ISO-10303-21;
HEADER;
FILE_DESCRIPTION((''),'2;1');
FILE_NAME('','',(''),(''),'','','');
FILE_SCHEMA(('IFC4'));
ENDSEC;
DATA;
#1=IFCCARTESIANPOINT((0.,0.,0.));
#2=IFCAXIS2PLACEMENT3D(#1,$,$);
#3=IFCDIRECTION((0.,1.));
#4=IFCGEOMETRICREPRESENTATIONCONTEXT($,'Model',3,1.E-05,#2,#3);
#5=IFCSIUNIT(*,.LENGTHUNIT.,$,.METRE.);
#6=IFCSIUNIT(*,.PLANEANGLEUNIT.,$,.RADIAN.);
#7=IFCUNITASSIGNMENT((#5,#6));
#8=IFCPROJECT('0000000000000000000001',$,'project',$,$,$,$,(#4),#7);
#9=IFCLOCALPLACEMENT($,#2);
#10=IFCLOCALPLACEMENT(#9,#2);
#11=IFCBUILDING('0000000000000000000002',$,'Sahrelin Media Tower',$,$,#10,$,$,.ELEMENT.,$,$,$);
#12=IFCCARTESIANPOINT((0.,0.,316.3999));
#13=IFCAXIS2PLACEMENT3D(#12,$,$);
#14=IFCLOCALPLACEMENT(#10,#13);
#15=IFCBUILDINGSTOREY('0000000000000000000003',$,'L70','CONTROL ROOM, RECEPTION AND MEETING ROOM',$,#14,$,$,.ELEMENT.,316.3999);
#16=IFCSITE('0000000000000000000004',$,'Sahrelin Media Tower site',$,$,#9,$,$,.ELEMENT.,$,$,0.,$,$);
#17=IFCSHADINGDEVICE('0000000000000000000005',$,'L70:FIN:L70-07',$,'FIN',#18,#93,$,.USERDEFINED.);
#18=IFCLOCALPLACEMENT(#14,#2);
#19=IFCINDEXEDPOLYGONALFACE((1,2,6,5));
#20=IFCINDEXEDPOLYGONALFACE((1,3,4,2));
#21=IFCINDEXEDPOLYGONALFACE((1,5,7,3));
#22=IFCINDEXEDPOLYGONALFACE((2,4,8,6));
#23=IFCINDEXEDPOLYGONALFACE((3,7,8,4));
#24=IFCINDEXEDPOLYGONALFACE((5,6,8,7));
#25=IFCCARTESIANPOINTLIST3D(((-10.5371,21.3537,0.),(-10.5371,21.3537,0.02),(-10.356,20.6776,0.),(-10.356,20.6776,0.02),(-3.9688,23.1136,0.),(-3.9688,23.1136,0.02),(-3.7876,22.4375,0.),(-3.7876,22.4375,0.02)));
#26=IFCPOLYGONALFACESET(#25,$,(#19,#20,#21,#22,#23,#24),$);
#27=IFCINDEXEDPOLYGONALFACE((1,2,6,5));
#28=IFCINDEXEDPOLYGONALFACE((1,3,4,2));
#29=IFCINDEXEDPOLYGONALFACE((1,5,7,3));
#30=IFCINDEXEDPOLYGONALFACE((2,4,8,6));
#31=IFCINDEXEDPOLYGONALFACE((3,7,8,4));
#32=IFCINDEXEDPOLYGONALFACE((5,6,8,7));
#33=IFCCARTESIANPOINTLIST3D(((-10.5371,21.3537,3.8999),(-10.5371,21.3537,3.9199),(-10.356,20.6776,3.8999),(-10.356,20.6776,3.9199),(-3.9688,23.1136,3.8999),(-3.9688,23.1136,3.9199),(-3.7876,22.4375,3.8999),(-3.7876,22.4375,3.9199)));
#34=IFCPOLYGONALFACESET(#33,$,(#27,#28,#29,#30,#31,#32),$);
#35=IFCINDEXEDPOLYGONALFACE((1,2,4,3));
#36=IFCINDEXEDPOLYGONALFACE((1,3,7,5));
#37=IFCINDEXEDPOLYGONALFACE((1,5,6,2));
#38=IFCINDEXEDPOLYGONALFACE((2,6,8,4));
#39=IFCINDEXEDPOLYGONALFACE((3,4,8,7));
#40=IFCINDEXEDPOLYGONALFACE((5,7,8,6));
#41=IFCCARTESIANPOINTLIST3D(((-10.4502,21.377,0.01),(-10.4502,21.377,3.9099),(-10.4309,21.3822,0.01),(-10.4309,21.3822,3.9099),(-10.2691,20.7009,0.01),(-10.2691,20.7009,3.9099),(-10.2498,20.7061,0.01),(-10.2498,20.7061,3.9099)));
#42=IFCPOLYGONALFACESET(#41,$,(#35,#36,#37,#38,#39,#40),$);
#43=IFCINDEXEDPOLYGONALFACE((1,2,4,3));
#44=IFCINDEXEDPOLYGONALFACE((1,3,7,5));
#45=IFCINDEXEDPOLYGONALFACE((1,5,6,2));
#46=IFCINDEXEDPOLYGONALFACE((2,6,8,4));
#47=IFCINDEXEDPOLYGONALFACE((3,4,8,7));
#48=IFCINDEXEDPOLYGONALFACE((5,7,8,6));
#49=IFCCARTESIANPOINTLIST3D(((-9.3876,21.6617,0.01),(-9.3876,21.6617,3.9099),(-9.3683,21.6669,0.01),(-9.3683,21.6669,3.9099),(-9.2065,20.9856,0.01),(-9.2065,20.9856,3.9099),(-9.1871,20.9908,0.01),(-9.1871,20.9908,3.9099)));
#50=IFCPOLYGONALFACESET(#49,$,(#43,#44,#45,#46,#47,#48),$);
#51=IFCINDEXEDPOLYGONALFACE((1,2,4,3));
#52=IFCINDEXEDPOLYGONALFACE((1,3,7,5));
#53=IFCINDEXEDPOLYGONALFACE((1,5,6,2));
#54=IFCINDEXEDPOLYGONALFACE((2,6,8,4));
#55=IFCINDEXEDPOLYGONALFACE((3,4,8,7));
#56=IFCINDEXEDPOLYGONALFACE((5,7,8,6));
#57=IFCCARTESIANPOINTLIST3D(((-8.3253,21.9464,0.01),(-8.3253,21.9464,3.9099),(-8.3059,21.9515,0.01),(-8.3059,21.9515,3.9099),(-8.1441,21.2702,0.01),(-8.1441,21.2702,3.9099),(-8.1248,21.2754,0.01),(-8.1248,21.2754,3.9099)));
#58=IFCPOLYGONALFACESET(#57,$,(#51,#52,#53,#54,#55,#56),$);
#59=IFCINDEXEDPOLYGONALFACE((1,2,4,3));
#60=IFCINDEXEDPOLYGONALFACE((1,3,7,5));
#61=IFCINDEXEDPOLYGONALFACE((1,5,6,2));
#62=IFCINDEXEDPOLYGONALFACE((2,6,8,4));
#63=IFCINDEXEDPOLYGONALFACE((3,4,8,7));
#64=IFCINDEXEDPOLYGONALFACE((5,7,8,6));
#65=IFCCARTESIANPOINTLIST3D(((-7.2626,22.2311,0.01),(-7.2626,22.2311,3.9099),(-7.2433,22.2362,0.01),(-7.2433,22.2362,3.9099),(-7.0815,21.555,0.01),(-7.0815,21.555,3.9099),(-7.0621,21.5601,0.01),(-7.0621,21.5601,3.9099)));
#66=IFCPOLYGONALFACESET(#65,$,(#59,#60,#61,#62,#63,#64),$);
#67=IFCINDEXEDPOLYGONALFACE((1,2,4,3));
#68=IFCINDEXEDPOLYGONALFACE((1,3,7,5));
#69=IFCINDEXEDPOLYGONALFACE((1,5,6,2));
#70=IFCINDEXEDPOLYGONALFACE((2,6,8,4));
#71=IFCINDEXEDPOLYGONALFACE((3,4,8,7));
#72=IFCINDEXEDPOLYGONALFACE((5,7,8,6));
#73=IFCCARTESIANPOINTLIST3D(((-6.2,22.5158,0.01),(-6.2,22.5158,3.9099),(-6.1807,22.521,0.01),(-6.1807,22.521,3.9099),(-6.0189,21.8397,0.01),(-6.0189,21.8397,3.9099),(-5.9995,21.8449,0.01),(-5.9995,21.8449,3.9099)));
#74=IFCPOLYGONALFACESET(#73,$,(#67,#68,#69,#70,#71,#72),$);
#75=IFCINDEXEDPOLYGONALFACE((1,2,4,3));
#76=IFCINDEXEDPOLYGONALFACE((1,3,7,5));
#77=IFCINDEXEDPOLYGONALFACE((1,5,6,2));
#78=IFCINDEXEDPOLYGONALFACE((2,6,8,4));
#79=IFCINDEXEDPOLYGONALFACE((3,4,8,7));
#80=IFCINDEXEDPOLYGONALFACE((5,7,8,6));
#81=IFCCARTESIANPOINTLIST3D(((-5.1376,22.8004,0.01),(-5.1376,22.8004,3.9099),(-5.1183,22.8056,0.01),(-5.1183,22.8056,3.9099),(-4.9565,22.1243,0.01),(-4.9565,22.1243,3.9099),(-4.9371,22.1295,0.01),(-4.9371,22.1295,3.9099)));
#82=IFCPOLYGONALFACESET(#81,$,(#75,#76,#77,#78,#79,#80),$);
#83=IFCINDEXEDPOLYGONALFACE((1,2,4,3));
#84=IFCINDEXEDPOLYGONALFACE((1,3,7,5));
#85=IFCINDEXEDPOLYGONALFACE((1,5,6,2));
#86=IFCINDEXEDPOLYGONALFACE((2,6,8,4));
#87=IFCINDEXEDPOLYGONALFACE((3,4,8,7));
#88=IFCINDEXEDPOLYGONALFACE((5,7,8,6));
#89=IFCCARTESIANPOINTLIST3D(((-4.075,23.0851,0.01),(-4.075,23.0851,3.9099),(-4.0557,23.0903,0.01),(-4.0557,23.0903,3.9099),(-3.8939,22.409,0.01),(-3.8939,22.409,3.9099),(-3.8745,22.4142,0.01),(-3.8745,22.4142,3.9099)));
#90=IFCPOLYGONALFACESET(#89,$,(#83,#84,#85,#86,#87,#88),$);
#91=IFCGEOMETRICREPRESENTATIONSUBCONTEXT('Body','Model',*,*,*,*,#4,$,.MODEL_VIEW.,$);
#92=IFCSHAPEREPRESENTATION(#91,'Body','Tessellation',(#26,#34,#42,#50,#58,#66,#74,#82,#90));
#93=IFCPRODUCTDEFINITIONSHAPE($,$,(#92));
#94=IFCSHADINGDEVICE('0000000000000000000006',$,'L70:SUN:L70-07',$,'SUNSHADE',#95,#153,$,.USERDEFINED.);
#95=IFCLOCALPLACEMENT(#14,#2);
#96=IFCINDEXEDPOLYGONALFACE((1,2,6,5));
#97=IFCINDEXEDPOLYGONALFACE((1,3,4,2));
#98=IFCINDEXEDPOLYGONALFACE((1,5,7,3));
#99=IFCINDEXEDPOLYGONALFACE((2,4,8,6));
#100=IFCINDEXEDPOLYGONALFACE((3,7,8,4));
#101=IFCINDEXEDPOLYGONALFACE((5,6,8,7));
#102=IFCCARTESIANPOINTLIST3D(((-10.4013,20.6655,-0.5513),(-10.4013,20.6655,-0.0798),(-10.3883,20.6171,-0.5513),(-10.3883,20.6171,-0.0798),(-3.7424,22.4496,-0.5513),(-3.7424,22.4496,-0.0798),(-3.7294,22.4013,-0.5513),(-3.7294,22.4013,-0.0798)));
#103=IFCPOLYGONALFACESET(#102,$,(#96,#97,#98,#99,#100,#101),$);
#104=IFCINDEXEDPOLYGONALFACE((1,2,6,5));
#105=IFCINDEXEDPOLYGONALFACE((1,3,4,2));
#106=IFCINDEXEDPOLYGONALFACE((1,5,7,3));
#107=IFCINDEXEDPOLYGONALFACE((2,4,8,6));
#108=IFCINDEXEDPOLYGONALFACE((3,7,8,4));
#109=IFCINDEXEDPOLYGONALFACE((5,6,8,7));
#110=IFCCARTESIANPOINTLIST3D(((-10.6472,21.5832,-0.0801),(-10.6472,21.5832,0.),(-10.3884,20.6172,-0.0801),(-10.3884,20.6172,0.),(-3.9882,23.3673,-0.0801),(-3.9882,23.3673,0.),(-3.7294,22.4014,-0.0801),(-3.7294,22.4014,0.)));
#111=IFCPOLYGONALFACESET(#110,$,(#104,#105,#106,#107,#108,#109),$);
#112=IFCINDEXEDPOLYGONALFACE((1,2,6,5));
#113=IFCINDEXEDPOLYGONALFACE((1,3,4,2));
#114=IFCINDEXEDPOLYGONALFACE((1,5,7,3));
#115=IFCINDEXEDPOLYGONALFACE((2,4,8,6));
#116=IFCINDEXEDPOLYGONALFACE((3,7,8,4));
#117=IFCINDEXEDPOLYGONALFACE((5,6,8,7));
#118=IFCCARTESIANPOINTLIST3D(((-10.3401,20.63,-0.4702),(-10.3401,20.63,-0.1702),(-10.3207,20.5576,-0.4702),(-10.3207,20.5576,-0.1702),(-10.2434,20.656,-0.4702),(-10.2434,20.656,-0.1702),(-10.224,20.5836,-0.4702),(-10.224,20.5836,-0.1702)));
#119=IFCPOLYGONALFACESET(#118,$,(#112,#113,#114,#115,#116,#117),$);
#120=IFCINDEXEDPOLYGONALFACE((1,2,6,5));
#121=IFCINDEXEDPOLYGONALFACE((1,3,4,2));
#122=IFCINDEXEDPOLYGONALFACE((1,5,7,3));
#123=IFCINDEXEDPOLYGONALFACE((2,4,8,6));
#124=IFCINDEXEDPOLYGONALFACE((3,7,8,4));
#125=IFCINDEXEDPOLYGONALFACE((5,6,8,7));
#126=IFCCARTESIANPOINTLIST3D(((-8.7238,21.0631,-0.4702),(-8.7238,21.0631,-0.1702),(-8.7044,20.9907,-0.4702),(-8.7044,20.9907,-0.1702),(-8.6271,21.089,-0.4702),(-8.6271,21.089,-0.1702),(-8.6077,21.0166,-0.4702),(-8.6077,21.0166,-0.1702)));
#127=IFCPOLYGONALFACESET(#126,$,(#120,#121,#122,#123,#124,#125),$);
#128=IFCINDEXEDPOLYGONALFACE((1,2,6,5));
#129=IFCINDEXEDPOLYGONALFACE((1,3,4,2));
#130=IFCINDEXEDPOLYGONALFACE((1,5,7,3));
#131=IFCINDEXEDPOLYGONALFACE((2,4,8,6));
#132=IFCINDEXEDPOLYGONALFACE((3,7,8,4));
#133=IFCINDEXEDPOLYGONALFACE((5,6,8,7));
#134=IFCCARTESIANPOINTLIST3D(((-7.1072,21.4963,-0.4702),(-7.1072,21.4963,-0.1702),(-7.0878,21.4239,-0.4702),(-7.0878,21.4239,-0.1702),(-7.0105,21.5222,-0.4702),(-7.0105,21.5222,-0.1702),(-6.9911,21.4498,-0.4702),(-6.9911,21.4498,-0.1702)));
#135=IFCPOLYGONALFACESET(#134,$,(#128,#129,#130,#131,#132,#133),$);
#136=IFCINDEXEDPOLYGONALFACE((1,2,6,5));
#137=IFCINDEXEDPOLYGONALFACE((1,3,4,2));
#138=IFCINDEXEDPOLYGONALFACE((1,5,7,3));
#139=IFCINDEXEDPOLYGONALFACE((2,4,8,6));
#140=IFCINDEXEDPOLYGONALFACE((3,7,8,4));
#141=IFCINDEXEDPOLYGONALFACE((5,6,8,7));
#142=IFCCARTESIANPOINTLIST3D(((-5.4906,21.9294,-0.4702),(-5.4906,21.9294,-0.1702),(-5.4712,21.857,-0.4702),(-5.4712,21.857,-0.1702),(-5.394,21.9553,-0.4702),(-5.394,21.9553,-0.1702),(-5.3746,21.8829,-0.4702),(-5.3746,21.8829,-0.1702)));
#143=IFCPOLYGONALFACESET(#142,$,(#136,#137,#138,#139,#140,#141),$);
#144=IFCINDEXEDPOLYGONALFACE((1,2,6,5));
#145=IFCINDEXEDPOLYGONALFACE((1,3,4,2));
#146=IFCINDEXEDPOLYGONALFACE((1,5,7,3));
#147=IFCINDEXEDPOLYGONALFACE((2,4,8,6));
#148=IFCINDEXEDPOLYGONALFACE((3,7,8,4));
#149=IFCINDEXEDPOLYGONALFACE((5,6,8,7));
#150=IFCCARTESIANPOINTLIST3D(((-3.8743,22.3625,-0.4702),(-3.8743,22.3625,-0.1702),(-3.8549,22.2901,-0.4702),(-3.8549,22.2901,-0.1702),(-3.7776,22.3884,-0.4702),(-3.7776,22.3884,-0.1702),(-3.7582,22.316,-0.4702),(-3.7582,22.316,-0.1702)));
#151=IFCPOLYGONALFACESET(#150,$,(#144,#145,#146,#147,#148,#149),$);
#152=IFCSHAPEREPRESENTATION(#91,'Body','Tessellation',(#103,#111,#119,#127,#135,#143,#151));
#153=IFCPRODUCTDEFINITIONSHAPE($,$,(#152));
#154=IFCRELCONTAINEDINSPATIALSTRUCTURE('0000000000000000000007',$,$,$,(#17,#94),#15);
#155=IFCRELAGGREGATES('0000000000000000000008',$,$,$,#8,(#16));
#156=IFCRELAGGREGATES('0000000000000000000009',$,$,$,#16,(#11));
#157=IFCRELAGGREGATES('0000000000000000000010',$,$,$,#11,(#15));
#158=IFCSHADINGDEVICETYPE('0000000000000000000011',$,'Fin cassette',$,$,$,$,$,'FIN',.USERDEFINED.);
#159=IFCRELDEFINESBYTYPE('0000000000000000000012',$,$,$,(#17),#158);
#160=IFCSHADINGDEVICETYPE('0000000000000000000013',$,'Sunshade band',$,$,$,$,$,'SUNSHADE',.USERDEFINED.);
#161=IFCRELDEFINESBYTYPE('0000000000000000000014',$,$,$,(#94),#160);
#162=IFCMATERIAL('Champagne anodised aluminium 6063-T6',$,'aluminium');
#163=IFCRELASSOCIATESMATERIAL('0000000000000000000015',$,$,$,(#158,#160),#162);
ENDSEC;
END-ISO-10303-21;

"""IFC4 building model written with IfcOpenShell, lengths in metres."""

from ifc_helpers import new_model, si_unit, direction, frame, origin, origin_2d, place, context, subcontext, project, spatial, rectangle, extrude, material, type_object, element, save


model = new_model("IFC4")

# Units and contexts
model_context = context("Model", 3, precision=1e-05, world=origin(), true_north=direction((0.0, 1.0)))
body_context = subcontext(model_context, "Body", "Model", "MODEL_VIEW")
ifc_project = project(units=[si_unit("LENGTHUNIT", "METRE"), si_unit("PLANEANGLEUNIT", "RADIAN")], contexts=[model_context])

# Site, building, storey
site_placement = place(None, origin())
site = spatial("IfcSite", under=ifc_project, at=site_placement, Name="Sahrelin Media Tower site", CompositionType="ELEMENT", RefElevation=0.0)
building_placement = place(site_placement, origin())
building = spatial("IfcBuilding", under=site, at=building_placement, Name="Sahrelin Media Tower", CompositionType="ELEMENT")
storey_placement = place(building_placement, frame((0.0, 0.0, 316.3999)))
storey = spatial("IfcBuildingStorey", under=building, at=storey_placement, Name="L70", Description="CONTROL ROOM, RECEPTION AND MEETING ROOM", CompositionType="ELEMENT", Elevation=316.3999)

# Shared definitions
ifc_material_1 = material(Name="Champagne anodised aluminium 6063-T6", Category="aluminium")

# Shading devices
shading_device_type_1 = type_object("IfcShadingDeviceType", Name="Fin cassette", ElementType="FIN", PredefinedType="USERDEFINED", material=ifc_material_1)
placement = place(storey_placement, frame((-7.0537, 21.49, 0.0), z_axis=(0.0, 0.0, 1.0), x_axis=(0.965929, 0.258808, 0.0)))
element("IfcShadingDevice", 1, at=placement, inside=storey, type_object=shading_device_type_1, Name="L70:FIN:L70-07", ObjectType="FIN", PredefinedType="USERDEFINED", context=body_context, shape_type="SweptSolid", body=[
    extrude(rectangle(XDim=6.8, YDim=0.7, at=origin_2d()), frame((0.0, 0.4199, 0.0)), (0.0, 0.0, 1.0), 0.02),
    extrude(rectangle(XDim=6.8, YDim=0.7, at=origin_2d()), frame((0.0, 0.4199, 3.8999)), (0.0, 0.0, 1.0), 0.02),
    extrude(rectangle(XDim=0.02, YDim=0.7, at=origin_2d()), frame((-3.3, 0.4199, 0.01), z_axis=(0.0, 0.0, 1.0), x_axis=(1.0, 0.0, 0.0)), (0.0, 0.0, 1.0), 3.8999),
    extrude(rectangle(XDim=0.02, YDim=0.7, at=origin_2d()), frame((-2.2, 0.4199, 0.01), z_axis=(0.0, 0.0, 1.0), x_axis=(1.0, 0.0, 0.0)), (0.0, 0.0, 1.0), 3.8999),
    extrude(rectangle(XDim=0.02, YDim=0.7, at=origin_2d()), frame((-1.1001, 0.4199, 0.01), z_axis=(0.0, 0.0, 1.0), x_axis=(1.0, 0.0, 0.0)), (0.0, 0.0, 1.0), 3.8999),
    extrude(rectangle(XDim=0.02, YDim=0.7, at=origin_2d()), frame((0.0, 0.4199, 0.01), z_axis=(0.0, 0.0, 1.0), x_axis=(1.0, 0.0, 0.0)), (0.0, 0.0, 1.0), 3.8999),
    extrude(rectangle(XDim=0.02, YDim=0.7, at=origin_2d()), frame((1.1001, 0.4199, 0.01), z_axis=(0.0, 0.0, 1.0), x_axis=(1.0, 0.0, 0.0)), (0.0, 0.0, 1.0), 3.8999),
    extrude(rectangle(XDim=0.02, YDim=0.7, at=origin_2d()), frame((2.2, 0.4199, 0.01), z_axis=(0.0, 0.0, 1.0), x_axis=(1.0, 0.0, 0.0)), (0.0, 0.0, 1.0), 3.8999),
    extrude(rectangle(XDim=0.02, YDim=0.7, at=origin_2d()), frame((3.3, 0.4199, 0.01), z_axis=(0.0, 0.0, 1.0), x_axis=(1.0, 0.0, 0.0)), (0.0, 0.0, 1.0), 3.8999),
])
shading_device_type_2 = type_object("IfcShadingDeviceType", Name="Sunshade band", ElementType="SUNSHADE", PredefinedType="USERDEFINED", material=ifc_material_1)
element("IfcShadingDevice", 2, at=placement, inside=storey, type_object=shading_device_type_2, Name="L70:SUN:L70-07", ObjectType="SUNSHADE", PredefinedType="USERDEFINED", context=body_context, shape_type="SweptSolid", body=[
    extrude(rectangle(XDim=6.8938, YDim=0.05, at=origin_2d()), frame((0.0, 0.0449, -0.5513)), (0.0, 0.0, 1.0), 0.4714),
    extrude(rectangle(XDim=6.8938, YDim=1.0, at=origin_2d()), frame((0.0, 0.52, -0.0801)), (0.0, 0.0, 1.0), 0.0801),
    extrude(rectangle(XDim=0.1001, YDim=0.075, at=origin_2d()), frame((-3.3469, -0.0176, -0.4702)), (0.0, 0.0, 1.0), 0.3),
    extrude(rectangle(XDim=0.1001, YDim=0.075, at=origin_2d()), frame((-1.6736, -0.0176, -0.4702)), (0.0, 0.0, 1.0), 0.3),
    extrude(rectangle(XDim=0.1001, YDim=0.075, at=origin_2d()), frame((0.0, -0.0176, -0.4702)), (0.0, 0.0, 1.0), 0.3),
    extrude(rectangle(XDim=0.1001, YDim=0.075, at=origin_2d()), frame((1.6736, -0.0176, -0.4702)), (0.0, 0.0, 1.0), 0.3),
    extrude(rectangle(XDim=0.1001, YDim=0.075, at=origin_2d()), frame((3.3469, -0.0176, -0.4702)), (0.0, 0.0, 1.0), 0.3),
])

save(model, "model.ifc")
